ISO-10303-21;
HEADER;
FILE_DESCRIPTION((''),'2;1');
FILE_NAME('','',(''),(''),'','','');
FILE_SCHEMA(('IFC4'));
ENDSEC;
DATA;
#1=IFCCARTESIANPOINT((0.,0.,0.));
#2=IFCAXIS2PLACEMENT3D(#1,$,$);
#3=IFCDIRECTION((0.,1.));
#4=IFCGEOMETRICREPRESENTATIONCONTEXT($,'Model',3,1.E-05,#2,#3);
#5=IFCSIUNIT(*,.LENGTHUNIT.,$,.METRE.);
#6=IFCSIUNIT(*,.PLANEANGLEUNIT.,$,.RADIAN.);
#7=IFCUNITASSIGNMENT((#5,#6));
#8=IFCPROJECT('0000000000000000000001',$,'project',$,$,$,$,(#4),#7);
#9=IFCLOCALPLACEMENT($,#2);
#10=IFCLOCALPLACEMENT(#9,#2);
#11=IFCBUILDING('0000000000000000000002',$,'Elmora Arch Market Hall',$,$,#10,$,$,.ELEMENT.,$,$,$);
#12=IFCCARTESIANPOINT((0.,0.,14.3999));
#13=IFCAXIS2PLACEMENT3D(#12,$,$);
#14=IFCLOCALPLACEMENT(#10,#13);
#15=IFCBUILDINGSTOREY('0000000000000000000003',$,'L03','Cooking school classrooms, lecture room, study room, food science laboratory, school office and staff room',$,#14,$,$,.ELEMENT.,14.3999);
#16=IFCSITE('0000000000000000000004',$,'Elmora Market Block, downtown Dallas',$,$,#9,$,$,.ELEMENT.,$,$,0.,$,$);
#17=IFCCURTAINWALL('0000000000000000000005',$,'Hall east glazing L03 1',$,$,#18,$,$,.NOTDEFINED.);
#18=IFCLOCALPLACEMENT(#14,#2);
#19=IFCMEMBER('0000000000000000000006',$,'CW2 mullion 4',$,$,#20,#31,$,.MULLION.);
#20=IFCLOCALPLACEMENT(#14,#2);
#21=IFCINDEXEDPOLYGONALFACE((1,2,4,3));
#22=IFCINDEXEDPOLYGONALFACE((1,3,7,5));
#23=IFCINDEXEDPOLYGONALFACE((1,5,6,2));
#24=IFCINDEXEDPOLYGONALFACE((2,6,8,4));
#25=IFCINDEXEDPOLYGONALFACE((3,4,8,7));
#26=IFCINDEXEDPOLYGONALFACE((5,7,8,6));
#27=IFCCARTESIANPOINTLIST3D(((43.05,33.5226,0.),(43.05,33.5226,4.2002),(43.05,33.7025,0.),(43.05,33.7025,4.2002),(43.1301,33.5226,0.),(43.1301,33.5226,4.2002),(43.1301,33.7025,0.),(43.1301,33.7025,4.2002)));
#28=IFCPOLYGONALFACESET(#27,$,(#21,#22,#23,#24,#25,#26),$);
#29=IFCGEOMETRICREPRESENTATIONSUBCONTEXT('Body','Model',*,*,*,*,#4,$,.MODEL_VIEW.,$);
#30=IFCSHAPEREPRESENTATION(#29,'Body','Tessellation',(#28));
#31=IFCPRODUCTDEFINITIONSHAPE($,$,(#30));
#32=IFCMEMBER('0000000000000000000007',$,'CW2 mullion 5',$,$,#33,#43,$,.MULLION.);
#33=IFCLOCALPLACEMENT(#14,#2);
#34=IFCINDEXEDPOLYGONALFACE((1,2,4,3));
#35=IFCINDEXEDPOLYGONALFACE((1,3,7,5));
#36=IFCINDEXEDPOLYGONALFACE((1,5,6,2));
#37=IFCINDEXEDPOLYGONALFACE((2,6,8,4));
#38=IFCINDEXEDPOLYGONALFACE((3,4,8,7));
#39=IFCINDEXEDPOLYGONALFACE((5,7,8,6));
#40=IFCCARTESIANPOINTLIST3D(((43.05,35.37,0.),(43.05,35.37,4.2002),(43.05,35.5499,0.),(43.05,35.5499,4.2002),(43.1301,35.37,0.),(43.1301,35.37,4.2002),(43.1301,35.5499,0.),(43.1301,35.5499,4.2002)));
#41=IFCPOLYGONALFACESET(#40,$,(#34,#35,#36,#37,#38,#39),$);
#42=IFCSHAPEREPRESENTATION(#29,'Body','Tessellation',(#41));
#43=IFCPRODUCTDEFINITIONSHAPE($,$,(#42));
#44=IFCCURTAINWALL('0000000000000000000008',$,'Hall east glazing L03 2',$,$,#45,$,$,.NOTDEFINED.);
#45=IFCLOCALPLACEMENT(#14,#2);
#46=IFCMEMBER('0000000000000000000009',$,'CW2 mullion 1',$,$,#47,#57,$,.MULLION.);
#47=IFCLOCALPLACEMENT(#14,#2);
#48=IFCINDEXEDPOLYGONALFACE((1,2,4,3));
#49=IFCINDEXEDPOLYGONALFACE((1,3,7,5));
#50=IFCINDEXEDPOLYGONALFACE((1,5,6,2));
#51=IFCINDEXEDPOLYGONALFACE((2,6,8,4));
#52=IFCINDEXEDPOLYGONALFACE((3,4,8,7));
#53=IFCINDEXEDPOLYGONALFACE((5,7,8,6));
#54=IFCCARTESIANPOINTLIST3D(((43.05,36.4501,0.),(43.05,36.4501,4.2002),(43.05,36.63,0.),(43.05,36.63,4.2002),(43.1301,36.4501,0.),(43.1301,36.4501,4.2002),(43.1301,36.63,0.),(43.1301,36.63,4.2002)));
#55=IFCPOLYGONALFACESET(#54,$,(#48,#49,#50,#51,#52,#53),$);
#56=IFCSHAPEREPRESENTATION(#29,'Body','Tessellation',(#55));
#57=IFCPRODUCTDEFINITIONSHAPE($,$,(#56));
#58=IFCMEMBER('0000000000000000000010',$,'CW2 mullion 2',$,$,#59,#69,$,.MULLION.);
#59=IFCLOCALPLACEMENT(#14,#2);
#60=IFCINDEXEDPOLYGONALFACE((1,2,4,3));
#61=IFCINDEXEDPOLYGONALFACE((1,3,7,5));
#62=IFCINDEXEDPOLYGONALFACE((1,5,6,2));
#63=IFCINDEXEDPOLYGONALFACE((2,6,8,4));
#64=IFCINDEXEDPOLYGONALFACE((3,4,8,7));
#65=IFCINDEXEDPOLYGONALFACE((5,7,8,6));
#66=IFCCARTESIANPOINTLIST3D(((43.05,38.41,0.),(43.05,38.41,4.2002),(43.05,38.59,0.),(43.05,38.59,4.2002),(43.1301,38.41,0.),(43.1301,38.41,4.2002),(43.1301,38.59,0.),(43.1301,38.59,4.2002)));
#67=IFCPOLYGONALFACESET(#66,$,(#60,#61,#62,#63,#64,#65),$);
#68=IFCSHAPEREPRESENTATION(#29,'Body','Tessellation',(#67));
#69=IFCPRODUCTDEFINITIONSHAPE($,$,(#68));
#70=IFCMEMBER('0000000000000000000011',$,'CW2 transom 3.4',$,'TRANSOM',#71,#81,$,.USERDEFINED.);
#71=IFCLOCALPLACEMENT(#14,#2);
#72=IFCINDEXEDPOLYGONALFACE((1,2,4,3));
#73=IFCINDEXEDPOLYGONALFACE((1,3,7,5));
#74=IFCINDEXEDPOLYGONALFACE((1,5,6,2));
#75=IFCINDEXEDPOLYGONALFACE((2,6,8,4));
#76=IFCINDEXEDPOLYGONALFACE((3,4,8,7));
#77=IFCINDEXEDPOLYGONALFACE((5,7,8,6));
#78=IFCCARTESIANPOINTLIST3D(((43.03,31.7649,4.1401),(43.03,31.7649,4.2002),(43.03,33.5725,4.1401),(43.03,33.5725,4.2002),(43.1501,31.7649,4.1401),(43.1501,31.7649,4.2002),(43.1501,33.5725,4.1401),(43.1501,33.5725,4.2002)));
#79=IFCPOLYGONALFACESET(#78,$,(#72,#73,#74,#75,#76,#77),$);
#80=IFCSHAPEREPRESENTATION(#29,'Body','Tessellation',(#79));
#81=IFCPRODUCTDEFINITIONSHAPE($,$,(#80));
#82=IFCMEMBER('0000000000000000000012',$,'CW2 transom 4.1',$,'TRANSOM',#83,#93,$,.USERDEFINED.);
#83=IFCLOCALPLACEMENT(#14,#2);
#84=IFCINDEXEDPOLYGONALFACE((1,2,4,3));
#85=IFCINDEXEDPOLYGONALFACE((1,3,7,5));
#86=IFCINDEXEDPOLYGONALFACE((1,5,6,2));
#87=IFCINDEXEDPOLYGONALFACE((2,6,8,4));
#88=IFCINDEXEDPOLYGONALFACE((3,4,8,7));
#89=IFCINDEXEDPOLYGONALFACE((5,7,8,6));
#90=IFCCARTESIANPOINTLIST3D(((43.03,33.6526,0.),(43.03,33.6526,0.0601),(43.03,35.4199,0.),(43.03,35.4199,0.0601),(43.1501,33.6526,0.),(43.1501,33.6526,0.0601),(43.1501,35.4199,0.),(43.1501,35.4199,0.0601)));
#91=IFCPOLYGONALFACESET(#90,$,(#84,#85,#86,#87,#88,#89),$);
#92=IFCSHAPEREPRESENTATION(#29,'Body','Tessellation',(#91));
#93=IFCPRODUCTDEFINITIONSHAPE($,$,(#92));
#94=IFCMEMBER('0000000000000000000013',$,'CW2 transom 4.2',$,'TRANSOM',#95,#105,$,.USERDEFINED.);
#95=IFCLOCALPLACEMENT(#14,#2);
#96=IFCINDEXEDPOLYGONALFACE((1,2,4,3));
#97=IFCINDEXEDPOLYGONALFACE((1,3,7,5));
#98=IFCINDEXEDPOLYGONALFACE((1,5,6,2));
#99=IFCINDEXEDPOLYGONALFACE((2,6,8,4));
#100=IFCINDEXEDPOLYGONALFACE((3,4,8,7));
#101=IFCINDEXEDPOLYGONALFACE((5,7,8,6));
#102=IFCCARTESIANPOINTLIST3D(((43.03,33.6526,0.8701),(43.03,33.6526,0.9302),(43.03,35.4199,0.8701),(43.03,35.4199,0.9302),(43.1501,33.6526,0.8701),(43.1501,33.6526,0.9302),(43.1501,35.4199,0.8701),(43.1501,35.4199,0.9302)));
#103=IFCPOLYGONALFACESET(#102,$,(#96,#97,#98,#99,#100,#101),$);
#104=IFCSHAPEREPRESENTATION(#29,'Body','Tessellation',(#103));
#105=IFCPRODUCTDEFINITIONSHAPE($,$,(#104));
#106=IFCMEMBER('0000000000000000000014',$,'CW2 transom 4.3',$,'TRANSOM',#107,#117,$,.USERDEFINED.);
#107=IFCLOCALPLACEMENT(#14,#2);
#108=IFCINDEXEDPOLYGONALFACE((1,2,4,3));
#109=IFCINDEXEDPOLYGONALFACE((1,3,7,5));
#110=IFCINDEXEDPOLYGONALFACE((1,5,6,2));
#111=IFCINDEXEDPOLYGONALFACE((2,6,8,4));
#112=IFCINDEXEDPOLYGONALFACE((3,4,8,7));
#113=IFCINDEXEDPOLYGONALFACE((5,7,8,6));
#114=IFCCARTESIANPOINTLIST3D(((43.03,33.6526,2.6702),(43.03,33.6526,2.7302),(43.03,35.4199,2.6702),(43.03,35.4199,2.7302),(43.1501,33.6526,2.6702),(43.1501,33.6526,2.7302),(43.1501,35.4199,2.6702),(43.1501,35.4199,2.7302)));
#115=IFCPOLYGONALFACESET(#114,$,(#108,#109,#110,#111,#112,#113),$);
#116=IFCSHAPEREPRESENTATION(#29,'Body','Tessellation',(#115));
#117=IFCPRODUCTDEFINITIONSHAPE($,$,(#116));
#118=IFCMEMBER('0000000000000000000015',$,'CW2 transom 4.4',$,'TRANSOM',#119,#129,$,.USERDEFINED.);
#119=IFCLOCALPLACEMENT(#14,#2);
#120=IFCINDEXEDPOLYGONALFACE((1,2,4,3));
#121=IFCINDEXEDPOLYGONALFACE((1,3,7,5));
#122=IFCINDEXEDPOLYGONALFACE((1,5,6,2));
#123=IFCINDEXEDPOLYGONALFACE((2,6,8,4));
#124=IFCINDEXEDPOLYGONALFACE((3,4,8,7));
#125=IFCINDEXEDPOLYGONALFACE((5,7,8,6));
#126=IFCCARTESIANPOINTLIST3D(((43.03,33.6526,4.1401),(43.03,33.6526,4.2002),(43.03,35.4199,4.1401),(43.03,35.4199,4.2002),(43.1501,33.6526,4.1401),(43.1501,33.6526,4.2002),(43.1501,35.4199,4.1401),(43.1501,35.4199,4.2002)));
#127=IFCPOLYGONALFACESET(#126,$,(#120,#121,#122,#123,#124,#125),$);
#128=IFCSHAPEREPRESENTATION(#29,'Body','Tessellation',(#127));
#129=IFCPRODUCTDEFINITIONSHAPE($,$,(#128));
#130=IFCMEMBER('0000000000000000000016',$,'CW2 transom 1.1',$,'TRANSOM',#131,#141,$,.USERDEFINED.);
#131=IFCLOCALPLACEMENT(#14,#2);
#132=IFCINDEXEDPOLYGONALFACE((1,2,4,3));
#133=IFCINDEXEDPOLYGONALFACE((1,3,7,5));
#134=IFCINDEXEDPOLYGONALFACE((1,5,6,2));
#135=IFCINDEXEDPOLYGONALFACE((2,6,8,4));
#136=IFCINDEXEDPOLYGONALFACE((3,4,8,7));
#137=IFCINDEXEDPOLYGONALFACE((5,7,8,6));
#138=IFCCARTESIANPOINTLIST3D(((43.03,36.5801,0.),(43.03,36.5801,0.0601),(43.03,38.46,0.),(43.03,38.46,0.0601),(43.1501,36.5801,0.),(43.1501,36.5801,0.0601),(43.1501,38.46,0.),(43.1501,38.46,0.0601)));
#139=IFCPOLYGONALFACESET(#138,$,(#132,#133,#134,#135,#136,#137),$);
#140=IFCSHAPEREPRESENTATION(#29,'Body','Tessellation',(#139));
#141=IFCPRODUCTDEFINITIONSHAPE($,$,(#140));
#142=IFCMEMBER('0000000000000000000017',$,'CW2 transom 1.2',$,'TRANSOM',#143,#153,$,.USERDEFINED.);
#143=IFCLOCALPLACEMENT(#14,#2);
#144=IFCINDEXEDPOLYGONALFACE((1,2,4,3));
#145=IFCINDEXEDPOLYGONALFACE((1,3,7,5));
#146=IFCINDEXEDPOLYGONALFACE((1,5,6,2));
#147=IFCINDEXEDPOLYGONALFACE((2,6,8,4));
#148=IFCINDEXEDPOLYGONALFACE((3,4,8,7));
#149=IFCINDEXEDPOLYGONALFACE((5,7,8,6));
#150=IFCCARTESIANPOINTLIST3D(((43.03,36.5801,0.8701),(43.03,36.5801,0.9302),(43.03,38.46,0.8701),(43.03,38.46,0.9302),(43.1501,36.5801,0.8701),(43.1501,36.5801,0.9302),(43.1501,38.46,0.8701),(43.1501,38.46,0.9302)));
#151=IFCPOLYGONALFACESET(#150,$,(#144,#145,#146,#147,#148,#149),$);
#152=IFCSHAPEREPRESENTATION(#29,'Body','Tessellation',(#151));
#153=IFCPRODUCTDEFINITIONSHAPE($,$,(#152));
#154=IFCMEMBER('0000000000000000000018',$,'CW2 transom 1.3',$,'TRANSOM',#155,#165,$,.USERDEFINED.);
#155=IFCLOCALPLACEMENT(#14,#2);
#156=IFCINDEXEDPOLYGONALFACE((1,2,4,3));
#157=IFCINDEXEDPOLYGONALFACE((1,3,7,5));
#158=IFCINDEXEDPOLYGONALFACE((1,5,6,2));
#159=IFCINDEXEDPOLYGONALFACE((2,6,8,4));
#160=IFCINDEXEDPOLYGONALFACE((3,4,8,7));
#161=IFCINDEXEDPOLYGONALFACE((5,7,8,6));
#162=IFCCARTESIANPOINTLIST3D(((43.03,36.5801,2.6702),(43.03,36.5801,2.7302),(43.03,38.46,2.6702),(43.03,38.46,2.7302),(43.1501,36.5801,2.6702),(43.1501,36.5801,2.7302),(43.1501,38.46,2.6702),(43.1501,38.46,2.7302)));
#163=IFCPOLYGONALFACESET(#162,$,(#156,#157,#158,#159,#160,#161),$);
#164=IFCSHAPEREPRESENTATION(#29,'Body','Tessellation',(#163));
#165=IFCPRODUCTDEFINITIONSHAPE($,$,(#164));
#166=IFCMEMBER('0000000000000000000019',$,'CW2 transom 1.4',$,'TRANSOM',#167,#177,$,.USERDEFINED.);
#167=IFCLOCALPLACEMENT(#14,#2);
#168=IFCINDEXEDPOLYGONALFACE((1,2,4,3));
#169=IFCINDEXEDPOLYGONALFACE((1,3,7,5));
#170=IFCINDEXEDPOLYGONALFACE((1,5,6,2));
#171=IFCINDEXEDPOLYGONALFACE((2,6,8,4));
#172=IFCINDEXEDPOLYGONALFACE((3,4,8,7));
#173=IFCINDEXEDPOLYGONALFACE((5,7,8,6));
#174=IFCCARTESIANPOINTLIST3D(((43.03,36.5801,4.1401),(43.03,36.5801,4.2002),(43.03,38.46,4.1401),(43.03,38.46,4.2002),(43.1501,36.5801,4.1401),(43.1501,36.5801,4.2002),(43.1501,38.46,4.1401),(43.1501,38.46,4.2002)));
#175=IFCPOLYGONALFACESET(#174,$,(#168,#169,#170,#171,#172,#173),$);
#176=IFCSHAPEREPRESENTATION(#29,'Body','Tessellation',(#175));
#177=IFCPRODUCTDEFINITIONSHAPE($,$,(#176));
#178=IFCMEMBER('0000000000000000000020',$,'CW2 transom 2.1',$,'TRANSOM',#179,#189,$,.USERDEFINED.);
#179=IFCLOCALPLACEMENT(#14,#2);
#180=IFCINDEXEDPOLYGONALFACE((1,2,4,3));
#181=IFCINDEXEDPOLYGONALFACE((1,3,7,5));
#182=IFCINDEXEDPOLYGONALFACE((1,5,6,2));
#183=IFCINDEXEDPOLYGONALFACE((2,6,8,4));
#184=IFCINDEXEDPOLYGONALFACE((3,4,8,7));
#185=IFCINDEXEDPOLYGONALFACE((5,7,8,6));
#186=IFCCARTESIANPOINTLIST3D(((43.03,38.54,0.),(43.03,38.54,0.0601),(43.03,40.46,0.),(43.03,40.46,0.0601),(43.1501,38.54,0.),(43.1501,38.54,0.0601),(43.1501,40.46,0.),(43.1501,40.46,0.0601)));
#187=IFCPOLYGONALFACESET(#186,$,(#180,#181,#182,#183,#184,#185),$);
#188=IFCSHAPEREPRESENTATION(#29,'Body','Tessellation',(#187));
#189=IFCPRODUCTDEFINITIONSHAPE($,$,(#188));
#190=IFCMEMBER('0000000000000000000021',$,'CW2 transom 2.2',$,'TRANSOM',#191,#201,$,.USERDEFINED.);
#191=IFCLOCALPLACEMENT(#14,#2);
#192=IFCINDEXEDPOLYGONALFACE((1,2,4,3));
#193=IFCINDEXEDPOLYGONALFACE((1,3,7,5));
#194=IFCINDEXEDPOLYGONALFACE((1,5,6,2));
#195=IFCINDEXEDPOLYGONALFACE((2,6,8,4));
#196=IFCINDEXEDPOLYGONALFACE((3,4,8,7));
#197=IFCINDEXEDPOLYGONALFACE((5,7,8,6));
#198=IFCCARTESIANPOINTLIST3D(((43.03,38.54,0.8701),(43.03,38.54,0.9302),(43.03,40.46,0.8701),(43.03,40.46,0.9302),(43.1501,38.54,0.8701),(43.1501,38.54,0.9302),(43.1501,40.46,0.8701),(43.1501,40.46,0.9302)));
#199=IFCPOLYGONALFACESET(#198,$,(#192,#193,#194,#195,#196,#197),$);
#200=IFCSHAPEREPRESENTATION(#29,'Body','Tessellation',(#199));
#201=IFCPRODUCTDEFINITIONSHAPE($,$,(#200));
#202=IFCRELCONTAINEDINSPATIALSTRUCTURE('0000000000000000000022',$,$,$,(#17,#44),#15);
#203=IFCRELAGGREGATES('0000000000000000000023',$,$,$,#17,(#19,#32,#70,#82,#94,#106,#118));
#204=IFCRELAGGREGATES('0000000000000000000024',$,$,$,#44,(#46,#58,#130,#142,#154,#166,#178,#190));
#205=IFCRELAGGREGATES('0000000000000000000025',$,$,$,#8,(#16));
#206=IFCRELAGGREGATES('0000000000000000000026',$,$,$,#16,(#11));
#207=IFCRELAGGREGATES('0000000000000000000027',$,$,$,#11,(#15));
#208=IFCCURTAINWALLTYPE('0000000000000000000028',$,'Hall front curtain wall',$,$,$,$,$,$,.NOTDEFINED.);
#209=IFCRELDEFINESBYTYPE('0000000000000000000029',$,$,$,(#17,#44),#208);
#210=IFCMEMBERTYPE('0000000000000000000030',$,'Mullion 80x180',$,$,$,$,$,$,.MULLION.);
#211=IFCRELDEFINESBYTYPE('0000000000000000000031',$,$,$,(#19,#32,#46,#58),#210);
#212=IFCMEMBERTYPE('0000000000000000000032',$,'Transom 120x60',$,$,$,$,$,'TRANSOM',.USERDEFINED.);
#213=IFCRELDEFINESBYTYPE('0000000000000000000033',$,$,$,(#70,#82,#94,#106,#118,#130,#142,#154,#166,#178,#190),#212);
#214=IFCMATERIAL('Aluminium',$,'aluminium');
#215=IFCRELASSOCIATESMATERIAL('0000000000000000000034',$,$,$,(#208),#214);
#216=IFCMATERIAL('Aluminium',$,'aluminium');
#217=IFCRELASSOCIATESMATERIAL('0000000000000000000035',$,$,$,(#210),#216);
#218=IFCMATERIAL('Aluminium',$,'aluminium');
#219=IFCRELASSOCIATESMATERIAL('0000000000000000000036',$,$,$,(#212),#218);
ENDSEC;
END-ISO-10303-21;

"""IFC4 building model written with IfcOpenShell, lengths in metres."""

from ifc_helpers import new_model, si_unit, direction, frame, origin, origin_2d, place, context, subcontext, project, spatial, rectangle, extrude, material, material_profile, profile_set, type_object, element, aggregate, save


model = new_model("IFC4")

# Units and contexts
model_context = context("Model", 3, precision=1e-05, world=origin(), true_north=direction((0.0, 1.0)))
body_context = subcontext(model_context, "Body", "Model", "MODEL_VIEW")
ifc_project = project(units=[si_unit("LENGTHUNIT", "METRE"), si_unit("PLANEANGLEUNIT", "RADIAN")], contexts=[model_context])

# Site, building, storey
site_placement = place(None, origin())
site = spatial("IfcSite", under=ifc_project, at=site_placement, Name="Elmora Market Block, downtown Dallas", CompositionType="ELEMENT", RefElevation=0.0)
building_placement = place(site_placement, origin())
building = spatial("IfcBuilding", under=site, at=building_placement, Name="Elmora Arch Market Hall", CompositionType="ELEMENT")
storey_placement = place(building_placement, frame((0.0, 0.0, 14.3999)))
storey = spatial("IfcBuildingStorey", under=building, at=storey_placement, Name="L03", Description="Cooking school classrooms, lecture room, study room, food science laboratory, school office and staff room", CompositionType="ELEMENT", Elevation=14.3999)

# Curtain walls, members
ifc_material_1 = material(Name="Aluminium", Category="aluminium")
curtain_wall_type = type_object("IfcCurtainWallType", Name="Hall front curtain wall", PredefinedType="NOTDEFINED", material=ifc_material_1)
curtain_wall_1_placement = place(storey_placement, origin())
curtain_wall_1 = element("IfcCurtainWall", 1, at=curtain_wall_1_placement, inside=storey, type_object=curtain_wall_type, Name="Hall east glazing L03 1", PredefinedType="NOTDEFINED")
ifc_material_2 = material(Name="Aluminium", Category="aluminium")
ifc_material_profile_1 = material_profile(ifc_material_2, rectangle(XDim=0.0801, YDim=0.1799, at=origin_2d()), Name="AL 80x180")
ifc_profile_set_1 = profile_set([ifc_material_profile_1], Name="Aluminium")
member_type_1 = type_object("IfcMemberType", Name="Mullion 80x180", PredefinedType="MULLION", material=ifc_profile_set_1)
member_1_placement = place(storey_placement, frame((43.0901, 33.6125, 0.0), z_axis=(0.0, 0.0, 1.0), x_axis=(-1.0, 0.0, 0.0)))
member_1 = element("IfcMember", 2, at=member_1_placement, type_object=member_type_1, Name="CW2 mullion 4", PredefinedType="MULLION", context=body_context, shape_type="SweptSolid", body=[
    extrude(rectangle(XDim=0.0801, YDim=0.1799, at=origin_2d()), origin(), (0.0, 0.0, 1.0), 4.2002),
])
member_2_placement = place(storey_placement, frame((43.0901, 35.46, 0.0), z_axis=(0.0, 0.0, 1.0), x_axis=(-1.0, 0.0, 0.0)))
member_2 = element("IfcMember", 3, at=member_2_placement, type_object=member_type_1, Name="CW2 mullion 5", PredefinedType="MULLION", context=body_context, shape_type="SweptSolid", body=[
    extrude(rectangle(XDim=0.0801, YDim=0.1799, at=origin_2d()), origin(), (0.0, 0.0, 1.0), 4.2002),
])
curtain_wall_2_placement = place(storey_placement, origin())
curtain_wall_2 = element("IfcCurtainWall", 4, at=curtain_wall_2_placement, inside=storey, type_object=curtain_wall_type, Name="Hall east glazing L03 2", PredefinedType="NOTDEFINED")
member_3_placement = place(storey_placement, frame((43.0901, 36.54, 0.0), z_axis=(0.0, 0.0, 1.0), x_axis=(-1.0, 0.0, 0.0)))
member_3 = element("IfcMember", 5, at=member_3_placement, type_object=member_type_1, Name="CW2 mullion 1", PredefinedType="MULLION", context=body_context, shape_type="SweptSolid", body=[
    extrude(rectangle(XDim=0.0801, YDim=0.1799, at=origin_2d()), origin(), (0.0, 0.0, 1.0), 4.2002),
])
member_4_placement = place(storey_placement, frame((43.0901, 38.5, 0.0), z_axis=(0.0, 0.0, 1.0), x_axis=(-1.0, 0.0, 0.0)))
member_4 = element("IfcMember", 6, at=member_4_placement, type_object=member_type_1, Name="CW2 mullion 2", PredefinedType="MULLION", context=body_context, shape_type="SweptSolid", body=[
    extrude(rectangle(XDim=0.0801, YDim=0.1799, at=origin_2d()), origin(), (0.0, 0.0, 1.0), 4.2002),
])

# Members
ifc_material_3 = material(Name="Aluminium", Category="aluminium")
ifc_material_profile_2 = material_profile(ifc_material_3, rectangle(XDim=0.1201, YDim=0.0601, at=origin_2d()), Name="AL 120x60")
ifc_profile_set_2 = profile_set([ifc_material_profile_2], Name="Aluminium")
member_type_2 = type_object("IfcMemberType", Name="Transom 120x60", ElementType="TRANSOM", PredefinedType="USERDEFINED", material=ifc_profile_set_2)
member_5_placement = place(storey_placement, frame((43.0901, 31.7649, 4.1702), z_axis=(0.0, 1.0, 0.0), x_axis=(-1.0, 0.0, 0.0)))
member_5 = element("IfcMember", 7, at=member_5_placement, type_object=member_type_2, Name="CW2 transom 3.4", ObjectType="TRANSOM", PredefinedType="USERDEFINED", context=body_context, shape_type="SweptSolid", body=[
    extrude(rectangle(XDim=0.1201, YDim=0.0601, at=origin_2d()), origin(), (0.0, 0.0, 1.0), 1.8076),
])
member_6_placement = place(storey_placement, frame((43.0901, 33.6526, 0.03), z_axis=(0.0, 1.0, 0.0), x_axis=(-1.0, 0.0, 0.0)))
member_6 = element("IfcMember", 8, at=member_6_placement, type_object=member_type_2, Name="CW2 transom 4.1", ObjectType="TRANSOM", PredefinedType="USERDEFINED", context=body_context, shape_type="SweptSolid", body=[
    extrude(rectangle(XDim=0.1201, YDim=0.0601, at=origin_2d()), origin(), (0.0, 0.0, 1.0), 1.7673),
])
member_7_placement = place(storey_placement, frame((43.0901, 33.6526, 0.9001), z_axis=(0.0, 1.0, 0.0), x_axis=(-1.0, 0.0, 0.0)))
member_7 = element("IfcMember", 9, at=member_7_placement, type_object=member_type_2, Name="CW2 transom 4.2", ObjectType="TRANSOM", PredefinedType="USERDEFINED", context=body_context, shape_type="SweptSolid", body=[
    extrude(rectangle(XDim=0.1201, YDim=0.0601, at=origin_2d()), origin(), (0.0, 0.0, 1.0), 1.7673),
])
member_8_placement = place(storey_placement, frame((43.0901, 33.6526, 2.7002), z_axis=(0.0, 1.0, 0.0), x_axis=(-1.0, 0.0, 0.0)))
member_8 = element("IfcMember", 10, at=member_8_placement, type_object=member_type_2, Name="CW2 transom 4.3", ObjectType="TRANSOM", PredefinedType="USERDEFINED", context=body_context, shape_type="SweptSolid", body=[
    extrude(rectangle(XDim=0.1201, YDim=0.0601, at=origin_2d()), origin(), (0.0, 0.0, 1.0), 1.7673),
])
member_9_placement = place(storey_placement, frame((43.0901, 33.6526, 4.1702), z_axis=(0.0, 1.0, 0.0), x_axis=(-1.0, 0.0, 0.0)))
member_9 = element("IfcMember", 11, at=member_9_placement, type_object=member_type_2, Name="CW2 transom 4.4", ObjectType="TRANSOM", PredefinedType="USERDEFINED", context=body_context, shape_type="SweptSolid", body=[
    extrude(rectangle(XDim=0.1201, YDim=0.0601, at=origin_2d()), origin(), (0.0, 0.0, 1.0), 1.7673),
])
member_10_placement = place(storey_placement, frame((43.0901, 36.5801, 0.03), z_axis=(0.0, 1.0, 0.0), x_axis=(-1.0, 0.0, 0.0)))
member_10 = element("IfcMember", 12, at=member_10_placement, type_object=member_type_2, Name="CW2 transom 1.1", ObjectType="TRANSOM", PredefinedType="USERDEFINED", context=body_context, shape_type="SweptSolid", body=[
    extrude(rectangle(XDim=0.1201, YDim=0.0601, at=origin_2d()), origin(), (0.0, 0.0, 1.0), 1.8799),
])
member_11_placement = place(storey_placement, frame((43.0901, 36.5801, 0.9001), z_axis=(0.0, 1.0, 0.0), x_axis=(-1.0, 0.0, 0.0)))
member_11 = element("IfcMember", 13, at=member_11_placement, type_object=member_type_2, Name="CW2 transom 1.2", ObjectType="TRANSOM", PredefinedType="USERDEFINED", context=body_context, shape_type="SweptSolid", body=[
    extrude(rectangle(XDim=0.1201, YDim=0.0601, at=origin_2d()), origin(), (0.0, 0.0, 1.0), 1.8799),
])
member_12_placement = place(storey_placement, frame((43.0901, 36.5801, 2.7002), z_axis=(0.0, 1.0, 0.0), x_axis=(-1.0, 0.0, 0.0)))
member_12 = element("IfcMember", 14, at=member_12_placement, type_object=member_type_2, Name="CW2 transom 1.3", ObjectType="TRANSOM", PredefinedType="USERDEFINED", context=body_context, shape_type="SweptSolid", body=[
    extrude(rectangle(XDim=0.1201, YDim=0.0601, at=origin_2d()), origin(), (0.0, 0.0, 1.0), 1.8799),
])
member_13_placement = place(storey_placement, frame((43.0901, 36.5801, 4.1702), z_axis=(0.0, 1.0, 0.0), x_axis=(-1.0, 0.0, 0.0)))
member_13 = element("IfcMember", 15, at=member_13_placement, type_object=member_type_2, Name="CW2 transom 1.4", ObjectType="TRANSOM", PredefinedType="USERDEFINED", context=body_context, shape_type="SweptSolid", body=[
    extrude(rectangle(XDim=0.1201, YDim=0.0601, at=origin_2d()), origin(), (0.0, 0.0, 1.0), 1.8799),
])
member_14_placement = place(storey_placement, frame((43.0901, 38.54, 0.03), z_axis=(0.0, 1.0, 0.0), x_axis=(-1.0, 0.0, 0.0)))
member_14 = element("IfcMember", 16, at=member_14_placement, type_object=member_type_2, Name="CW2 transom 2.1", ObjectType="TRANSOM", PredefinedType="USERDEFINED", context=body_context, shape_type="SweptSolid", body=[
    extrude(rectangle(XDim=0.1201, YDim=0.0601, at=origin_2d()), origin(), (0.0, 0.0, 1.0), 1.9199),
])
member_15_placement = place(storey_placement, frame((43.0901, 38.54, 0.9001), z_axis=(0.0, 1.0, 0.0), x_axis=(-1.0, 0.0, 0.0)))
member_15 = element("IfcMember", 17, at=member_15_placement, type_object=member_type_2, Name="CW2 transom 2.2", ObjectType="TRANSOM", PredefinedType="USERDEFINED", context=body_context, shape_type="SweptSolid", body=[
    extrude(rectangle(XDim=0.1201, YDim=0.0601, at=origin_2d()), origin(), (0.0, 0.0, 1.0), 1.9199),
])

aggregate(curtain_wall_1, [member_1, member_2, member_5, member_6, member_7, member_8, member_9])
aggregate(curtain_wall_2, [member_3, member_4, member_10, member_11, member_12, member_13, member_14, member_15])

save(model, "model.ifc")
